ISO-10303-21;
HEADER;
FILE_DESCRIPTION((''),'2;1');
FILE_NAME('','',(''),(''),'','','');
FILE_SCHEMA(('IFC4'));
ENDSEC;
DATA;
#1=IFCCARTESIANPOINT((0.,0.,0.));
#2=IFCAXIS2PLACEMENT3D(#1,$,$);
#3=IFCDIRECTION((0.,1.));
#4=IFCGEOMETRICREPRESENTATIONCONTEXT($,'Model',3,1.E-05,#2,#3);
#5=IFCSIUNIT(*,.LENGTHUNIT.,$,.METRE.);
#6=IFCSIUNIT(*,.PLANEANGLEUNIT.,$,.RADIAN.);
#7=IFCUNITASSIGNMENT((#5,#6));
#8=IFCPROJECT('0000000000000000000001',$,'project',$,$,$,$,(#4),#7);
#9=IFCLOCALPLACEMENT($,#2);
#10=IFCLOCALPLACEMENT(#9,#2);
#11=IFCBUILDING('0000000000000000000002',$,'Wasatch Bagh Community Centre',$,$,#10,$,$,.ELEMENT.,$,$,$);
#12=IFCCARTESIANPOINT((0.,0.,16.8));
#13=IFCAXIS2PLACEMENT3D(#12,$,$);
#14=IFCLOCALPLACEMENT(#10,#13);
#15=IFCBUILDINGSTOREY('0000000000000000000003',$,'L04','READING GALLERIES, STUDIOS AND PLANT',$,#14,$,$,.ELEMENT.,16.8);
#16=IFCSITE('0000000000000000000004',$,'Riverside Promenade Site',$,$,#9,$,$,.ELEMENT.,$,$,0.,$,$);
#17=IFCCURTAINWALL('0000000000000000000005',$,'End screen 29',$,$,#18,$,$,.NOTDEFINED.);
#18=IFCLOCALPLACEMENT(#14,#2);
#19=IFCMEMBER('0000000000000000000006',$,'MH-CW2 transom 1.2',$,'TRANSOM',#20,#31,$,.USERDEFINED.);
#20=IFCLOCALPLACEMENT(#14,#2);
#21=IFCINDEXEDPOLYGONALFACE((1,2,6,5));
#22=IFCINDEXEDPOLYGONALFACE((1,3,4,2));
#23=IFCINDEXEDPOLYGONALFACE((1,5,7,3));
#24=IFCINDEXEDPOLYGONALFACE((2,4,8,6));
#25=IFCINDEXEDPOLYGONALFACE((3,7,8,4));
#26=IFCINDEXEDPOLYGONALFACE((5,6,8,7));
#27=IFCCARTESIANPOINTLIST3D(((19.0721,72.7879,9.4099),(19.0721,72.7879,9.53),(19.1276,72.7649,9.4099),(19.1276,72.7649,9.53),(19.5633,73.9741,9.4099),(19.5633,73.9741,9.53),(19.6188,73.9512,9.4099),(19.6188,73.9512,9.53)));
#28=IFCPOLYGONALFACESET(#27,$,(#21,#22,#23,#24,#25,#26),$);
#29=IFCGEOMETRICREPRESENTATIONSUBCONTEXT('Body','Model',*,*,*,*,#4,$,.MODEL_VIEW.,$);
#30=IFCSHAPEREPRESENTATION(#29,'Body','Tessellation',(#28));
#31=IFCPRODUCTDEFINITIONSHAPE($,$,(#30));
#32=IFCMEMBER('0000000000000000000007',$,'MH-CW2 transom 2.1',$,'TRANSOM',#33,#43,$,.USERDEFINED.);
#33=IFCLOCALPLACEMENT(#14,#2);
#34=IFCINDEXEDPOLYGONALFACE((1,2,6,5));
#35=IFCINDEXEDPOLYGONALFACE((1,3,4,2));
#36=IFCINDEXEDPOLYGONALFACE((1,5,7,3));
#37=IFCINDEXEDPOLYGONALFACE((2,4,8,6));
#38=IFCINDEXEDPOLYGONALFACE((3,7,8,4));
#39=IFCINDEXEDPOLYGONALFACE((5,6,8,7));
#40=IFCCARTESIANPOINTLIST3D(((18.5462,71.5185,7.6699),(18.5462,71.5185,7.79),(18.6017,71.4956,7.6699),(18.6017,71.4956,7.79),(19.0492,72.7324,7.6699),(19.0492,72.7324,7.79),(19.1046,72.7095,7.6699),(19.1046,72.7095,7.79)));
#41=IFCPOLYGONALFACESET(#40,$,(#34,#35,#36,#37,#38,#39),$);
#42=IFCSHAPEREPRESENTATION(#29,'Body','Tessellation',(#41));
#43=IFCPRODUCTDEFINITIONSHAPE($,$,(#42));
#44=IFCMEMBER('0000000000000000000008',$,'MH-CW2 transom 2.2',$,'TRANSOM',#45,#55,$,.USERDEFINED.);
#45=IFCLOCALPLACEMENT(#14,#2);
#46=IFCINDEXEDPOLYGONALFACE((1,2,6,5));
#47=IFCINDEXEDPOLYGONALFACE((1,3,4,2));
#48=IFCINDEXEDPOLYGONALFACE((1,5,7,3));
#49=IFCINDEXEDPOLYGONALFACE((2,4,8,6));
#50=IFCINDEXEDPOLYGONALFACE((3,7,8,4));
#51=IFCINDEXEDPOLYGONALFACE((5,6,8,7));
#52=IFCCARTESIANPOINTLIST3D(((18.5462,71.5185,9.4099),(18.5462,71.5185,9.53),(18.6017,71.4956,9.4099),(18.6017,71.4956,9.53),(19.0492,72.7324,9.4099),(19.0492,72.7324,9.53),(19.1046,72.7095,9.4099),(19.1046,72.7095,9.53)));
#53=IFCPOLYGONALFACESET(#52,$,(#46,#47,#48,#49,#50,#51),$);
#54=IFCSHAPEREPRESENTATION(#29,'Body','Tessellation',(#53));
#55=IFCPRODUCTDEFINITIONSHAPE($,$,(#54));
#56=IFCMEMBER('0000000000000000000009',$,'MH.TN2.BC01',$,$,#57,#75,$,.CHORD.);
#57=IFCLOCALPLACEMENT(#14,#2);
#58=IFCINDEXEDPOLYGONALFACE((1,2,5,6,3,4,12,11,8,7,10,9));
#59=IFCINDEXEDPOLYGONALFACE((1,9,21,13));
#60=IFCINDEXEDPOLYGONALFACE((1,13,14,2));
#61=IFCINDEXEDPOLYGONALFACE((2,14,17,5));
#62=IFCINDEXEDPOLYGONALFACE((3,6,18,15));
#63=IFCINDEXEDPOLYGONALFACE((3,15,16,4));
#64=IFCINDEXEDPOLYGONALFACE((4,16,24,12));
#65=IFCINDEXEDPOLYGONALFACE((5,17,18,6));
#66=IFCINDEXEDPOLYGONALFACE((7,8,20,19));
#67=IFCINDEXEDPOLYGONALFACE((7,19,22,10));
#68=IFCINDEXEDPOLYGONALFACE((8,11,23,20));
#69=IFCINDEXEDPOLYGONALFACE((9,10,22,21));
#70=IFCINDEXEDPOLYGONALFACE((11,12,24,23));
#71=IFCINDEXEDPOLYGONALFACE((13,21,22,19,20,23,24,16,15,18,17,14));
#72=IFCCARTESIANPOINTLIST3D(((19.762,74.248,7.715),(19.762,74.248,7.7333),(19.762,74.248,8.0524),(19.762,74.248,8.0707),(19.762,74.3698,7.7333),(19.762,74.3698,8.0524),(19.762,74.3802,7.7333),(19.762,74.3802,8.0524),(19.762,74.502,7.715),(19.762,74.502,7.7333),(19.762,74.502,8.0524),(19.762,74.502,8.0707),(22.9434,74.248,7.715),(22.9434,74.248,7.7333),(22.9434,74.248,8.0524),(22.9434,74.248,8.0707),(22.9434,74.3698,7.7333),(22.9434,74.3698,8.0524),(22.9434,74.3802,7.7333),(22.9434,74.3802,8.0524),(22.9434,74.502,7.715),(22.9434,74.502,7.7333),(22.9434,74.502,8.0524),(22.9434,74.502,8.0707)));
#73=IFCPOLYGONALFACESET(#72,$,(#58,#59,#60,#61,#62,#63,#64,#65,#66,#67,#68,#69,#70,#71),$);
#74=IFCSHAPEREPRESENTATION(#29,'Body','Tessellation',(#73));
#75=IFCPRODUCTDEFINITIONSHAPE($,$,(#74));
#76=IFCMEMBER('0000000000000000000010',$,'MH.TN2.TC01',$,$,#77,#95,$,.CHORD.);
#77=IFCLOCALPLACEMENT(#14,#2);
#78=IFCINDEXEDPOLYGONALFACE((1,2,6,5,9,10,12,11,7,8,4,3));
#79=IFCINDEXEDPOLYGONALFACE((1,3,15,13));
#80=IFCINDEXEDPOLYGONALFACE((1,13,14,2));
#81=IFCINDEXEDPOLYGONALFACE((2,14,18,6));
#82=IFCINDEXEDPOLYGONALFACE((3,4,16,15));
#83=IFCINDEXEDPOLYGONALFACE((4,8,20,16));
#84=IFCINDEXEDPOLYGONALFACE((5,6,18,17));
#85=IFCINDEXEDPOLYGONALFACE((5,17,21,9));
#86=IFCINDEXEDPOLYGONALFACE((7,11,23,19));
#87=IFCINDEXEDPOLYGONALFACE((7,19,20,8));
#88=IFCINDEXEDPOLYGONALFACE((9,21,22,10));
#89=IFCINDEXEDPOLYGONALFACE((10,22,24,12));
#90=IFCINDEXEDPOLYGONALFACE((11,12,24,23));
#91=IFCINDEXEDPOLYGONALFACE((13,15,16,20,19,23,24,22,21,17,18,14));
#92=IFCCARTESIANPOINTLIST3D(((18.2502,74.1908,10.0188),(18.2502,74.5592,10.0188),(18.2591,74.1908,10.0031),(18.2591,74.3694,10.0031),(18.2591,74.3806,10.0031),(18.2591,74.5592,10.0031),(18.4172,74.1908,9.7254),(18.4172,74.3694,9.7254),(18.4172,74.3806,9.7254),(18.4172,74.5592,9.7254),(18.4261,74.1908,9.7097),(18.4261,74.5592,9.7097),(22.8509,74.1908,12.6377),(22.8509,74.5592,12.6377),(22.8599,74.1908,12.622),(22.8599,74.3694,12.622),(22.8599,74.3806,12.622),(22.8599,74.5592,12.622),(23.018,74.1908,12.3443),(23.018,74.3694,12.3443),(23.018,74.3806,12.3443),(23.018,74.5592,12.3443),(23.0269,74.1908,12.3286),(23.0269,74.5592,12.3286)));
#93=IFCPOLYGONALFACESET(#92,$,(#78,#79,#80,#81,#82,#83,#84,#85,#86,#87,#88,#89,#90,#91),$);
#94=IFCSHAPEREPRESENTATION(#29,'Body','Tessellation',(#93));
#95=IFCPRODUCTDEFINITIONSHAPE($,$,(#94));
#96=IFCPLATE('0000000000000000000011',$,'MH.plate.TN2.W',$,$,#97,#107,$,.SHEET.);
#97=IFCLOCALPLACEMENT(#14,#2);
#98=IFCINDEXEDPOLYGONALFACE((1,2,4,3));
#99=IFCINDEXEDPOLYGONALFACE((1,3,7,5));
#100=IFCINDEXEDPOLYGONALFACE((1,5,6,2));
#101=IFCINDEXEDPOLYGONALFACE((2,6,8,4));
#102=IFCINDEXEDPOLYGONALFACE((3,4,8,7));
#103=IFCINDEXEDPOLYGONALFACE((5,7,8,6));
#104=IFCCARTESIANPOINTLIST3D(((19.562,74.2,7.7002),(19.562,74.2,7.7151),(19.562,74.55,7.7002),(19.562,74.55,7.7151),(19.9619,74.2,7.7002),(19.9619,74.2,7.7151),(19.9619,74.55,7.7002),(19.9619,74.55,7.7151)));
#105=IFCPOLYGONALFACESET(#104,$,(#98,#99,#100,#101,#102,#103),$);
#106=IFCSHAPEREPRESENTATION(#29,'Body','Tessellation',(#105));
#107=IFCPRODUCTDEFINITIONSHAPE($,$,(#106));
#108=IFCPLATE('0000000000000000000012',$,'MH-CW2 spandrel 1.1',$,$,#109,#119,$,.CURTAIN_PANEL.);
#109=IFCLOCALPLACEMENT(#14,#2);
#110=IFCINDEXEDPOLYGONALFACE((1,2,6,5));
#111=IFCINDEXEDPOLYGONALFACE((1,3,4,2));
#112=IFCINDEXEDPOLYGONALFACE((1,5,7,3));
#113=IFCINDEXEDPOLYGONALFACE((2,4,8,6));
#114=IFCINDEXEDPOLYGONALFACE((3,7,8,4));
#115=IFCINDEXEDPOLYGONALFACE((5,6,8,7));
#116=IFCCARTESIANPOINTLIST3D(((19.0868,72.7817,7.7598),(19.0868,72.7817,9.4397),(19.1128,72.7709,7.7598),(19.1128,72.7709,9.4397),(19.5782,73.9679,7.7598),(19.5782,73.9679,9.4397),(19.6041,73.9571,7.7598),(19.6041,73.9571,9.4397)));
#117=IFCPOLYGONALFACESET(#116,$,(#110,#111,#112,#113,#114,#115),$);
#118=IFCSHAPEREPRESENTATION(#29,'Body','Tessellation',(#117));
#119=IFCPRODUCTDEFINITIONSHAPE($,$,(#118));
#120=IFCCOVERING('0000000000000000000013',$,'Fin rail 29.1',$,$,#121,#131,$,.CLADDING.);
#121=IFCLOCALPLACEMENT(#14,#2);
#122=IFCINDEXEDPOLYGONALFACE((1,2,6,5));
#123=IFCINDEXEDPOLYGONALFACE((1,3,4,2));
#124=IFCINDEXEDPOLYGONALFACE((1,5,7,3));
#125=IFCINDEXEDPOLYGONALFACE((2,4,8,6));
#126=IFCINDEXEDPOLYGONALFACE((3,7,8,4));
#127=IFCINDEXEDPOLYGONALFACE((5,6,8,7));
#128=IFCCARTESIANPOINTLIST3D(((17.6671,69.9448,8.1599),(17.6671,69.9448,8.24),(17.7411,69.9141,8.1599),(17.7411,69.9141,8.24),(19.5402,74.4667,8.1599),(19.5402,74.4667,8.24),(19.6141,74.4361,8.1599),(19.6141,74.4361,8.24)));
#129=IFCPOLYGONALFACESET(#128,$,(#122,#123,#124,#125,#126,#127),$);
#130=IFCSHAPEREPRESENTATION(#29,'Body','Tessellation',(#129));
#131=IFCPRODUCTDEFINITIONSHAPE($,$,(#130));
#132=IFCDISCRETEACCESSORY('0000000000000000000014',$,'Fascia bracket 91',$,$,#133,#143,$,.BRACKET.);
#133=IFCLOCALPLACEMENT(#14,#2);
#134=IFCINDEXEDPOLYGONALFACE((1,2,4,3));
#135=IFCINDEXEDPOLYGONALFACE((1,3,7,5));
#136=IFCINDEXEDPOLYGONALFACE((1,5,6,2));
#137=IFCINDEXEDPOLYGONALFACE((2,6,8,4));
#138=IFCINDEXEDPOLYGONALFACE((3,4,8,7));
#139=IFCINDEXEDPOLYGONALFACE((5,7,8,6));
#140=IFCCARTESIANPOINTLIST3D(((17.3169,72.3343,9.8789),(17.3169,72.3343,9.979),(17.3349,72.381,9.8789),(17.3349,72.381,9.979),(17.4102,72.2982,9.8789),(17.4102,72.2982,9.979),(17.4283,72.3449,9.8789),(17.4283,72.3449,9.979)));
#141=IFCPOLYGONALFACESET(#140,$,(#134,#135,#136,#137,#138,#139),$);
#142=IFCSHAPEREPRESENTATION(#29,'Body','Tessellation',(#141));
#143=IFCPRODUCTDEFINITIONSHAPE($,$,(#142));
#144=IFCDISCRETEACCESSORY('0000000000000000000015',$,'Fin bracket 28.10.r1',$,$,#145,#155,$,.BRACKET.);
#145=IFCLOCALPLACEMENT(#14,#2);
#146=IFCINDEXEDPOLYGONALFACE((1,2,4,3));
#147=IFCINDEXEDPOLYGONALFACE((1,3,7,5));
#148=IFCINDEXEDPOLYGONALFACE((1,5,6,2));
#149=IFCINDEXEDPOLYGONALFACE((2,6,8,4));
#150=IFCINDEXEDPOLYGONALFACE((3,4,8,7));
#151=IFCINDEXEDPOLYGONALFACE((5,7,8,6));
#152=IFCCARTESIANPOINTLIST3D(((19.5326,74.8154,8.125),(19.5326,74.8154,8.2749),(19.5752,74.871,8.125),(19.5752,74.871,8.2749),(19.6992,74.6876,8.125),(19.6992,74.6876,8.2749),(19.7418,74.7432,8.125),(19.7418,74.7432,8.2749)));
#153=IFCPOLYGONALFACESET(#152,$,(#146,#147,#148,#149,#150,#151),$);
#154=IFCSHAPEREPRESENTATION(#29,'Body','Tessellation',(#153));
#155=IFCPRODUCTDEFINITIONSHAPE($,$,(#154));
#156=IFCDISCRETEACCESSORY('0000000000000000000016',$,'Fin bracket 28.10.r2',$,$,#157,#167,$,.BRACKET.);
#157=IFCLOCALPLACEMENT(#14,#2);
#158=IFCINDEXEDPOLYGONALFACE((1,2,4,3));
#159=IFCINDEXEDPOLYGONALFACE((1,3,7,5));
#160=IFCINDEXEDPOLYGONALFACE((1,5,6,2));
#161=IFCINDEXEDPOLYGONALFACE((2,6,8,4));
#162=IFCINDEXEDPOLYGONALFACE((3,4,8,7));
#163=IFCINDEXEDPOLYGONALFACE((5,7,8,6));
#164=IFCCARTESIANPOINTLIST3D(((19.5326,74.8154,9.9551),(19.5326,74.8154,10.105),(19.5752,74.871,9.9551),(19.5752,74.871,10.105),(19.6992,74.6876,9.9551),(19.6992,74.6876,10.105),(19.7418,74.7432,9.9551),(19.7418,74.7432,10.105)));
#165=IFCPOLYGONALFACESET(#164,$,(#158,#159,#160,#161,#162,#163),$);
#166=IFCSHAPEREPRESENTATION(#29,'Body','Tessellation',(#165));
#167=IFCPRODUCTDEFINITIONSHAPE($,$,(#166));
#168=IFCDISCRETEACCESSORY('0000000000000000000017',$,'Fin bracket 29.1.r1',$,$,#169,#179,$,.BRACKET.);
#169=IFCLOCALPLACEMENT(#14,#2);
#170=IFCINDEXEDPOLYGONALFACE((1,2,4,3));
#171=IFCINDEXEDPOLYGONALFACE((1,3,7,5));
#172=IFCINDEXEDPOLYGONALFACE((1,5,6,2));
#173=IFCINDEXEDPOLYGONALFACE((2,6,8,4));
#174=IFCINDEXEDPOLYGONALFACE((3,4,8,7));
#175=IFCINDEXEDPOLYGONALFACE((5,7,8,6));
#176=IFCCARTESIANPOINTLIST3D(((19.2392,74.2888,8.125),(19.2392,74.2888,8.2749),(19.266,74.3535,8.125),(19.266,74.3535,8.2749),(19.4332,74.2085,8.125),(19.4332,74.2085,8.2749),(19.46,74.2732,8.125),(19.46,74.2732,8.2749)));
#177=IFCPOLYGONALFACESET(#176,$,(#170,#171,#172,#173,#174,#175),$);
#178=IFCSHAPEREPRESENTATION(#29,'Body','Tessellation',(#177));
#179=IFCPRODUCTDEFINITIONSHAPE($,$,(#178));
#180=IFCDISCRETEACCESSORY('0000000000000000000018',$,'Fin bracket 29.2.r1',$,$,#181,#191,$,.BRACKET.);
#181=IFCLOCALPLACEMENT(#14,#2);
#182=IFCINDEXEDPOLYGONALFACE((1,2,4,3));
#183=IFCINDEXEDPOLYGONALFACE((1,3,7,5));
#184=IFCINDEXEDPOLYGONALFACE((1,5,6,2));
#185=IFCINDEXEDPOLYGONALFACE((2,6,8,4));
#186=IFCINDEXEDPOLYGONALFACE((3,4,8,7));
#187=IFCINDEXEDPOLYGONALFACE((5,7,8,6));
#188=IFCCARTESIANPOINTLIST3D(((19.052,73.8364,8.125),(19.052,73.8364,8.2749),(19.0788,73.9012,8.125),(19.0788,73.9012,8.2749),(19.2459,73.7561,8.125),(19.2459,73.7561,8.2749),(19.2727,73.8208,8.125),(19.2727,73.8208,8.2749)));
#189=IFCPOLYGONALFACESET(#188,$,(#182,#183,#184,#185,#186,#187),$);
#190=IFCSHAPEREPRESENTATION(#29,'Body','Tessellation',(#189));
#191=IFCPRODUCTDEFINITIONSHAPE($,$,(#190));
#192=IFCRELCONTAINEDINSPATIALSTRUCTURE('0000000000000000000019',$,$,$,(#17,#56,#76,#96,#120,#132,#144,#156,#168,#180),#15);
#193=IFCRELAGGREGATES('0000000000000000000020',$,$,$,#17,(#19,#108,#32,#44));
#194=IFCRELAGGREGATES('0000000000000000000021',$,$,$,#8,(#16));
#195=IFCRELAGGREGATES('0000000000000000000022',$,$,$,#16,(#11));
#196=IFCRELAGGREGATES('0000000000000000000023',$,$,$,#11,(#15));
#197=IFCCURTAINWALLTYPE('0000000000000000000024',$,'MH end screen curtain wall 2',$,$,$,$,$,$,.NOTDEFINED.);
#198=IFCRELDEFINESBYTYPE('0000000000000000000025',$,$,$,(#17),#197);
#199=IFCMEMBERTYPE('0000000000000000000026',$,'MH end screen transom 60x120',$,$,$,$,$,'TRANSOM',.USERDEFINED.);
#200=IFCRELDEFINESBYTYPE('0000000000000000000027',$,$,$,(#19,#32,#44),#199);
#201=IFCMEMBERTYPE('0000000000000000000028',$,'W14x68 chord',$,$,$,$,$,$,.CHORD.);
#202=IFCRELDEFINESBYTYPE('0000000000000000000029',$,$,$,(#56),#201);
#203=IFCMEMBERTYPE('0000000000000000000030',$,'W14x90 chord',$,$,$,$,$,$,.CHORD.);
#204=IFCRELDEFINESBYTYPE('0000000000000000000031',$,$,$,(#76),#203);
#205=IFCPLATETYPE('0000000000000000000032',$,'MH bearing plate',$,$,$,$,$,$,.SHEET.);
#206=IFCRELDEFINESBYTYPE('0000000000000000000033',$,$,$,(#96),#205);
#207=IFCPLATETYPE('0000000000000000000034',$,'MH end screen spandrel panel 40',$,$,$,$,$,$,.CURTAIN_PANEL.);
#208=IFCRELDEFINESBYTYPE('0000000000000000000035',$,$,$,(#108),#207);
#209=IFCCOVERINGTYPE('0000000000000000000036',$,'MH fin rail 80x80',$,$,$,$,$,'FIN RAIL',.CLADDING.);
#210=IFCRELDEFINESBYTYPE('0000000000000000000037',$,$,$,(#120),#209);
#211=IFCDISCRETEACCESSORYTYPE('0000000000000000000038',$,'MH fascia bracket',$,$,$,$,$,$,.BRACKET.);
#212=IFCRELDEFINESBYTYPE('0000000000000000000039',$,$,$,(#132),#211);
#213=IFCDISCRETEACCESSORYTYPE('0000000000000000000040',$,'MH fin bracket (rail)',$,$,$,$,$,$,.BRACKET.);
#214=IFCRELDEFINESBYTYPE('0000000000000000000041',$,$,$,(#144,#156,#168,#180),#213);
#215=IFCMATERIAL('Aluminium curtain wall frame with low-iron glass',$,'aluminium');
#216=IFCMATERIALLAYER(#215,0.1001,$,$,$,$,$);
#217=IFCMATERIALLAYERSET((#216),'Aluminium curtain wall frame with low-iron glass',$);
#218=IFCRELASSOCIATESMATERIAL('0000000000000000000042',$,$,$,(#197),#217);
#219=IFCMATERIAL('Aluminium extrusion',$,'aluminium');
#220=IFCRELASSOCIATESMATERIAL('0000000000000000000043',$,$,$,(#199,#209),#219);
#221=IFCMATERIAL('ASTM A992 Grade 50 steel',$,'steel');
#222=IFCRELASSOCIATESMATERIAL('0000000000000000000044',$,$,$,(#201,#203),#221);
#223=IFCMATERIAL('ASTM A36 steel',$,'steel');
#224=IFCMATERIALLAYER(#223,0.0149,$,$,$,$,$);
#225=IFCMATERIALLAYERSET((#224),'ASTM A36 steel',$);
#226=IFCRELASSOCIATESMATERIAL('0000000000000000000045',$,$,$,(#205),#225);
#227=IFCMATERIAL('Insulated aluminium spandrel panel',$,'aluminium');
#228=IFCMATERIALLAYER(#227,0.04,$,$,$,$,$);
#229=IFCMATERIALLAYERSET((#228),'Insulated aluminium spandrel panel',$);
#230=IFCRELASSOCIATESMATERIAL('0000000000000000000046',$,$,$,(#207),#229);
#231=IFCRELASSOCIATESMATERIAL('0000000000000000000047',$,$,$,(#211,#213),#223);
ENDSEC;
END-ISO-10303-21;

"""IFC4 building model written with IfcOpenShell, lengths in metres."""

from ifc_helpers import new_model, si_unit, direction, frame, origin, origin_2d, place, context, subcontext, project, spatial, rectangle, i_section, extrude, material, layer, layer_set, material_profile, profile_set, type_object, element, aggregate, save


model = new_model("IFC4")

# Units and contexts
model_context = context("Model", 3, precision=1e-05, world=origin(), true_north=direction((0.0, 1.0)))
body_context = subcontext(model_context, "Body", "Model", "MODEL_VIEW")
ifc_project = project(units=[si_unit("LENGTHUNIT", "METRE"), si_unit("PLANEANGLEUNIT", "RADIAN")], contexts=[model_context])

# Site, building, storey
site_placement = place(None, origin())
site = spatial("IfcSite", under=ifc_project, at=site_placement, Name="Riverside Promenade Site", CompositionType="ELEMENT", RefElevation=0.0)
building_placement = place(site_placement, origin())
building = spatial("IfcBuilding", under=site, at=building_placement, Name="Wasatch Bagh Community Centre", CompositionType="ELEMENT")
storey_placement = place(building_placement, frame((0.0, 0.0, 16.8)))
storey = spatial("IfcBuildingStorey", under=building, at=storey_placement, Name="L04", Description="READING GALLERIES, STUDIOS AND PLANT", CompositionType="ELEMENT", Elevation=16.8)

# Shared definitions
ifc_material_1 = material(Name="Aluminium curtain wall frame with low-iron glass", Category="aluminium")
ifc_material_2 = material(Name="Aluminium extrusion", Category="aluminium")

# Curtain wall, members
ifc_layer_1 = layer(ifc_material_1, 0.1001)
ifc_layer_set_1 = layer_set([ifc_layer_1], Name="Aluminium curtain wall frame with low-iron glass")
curtain_wall_type_1 = type_object("IfcCurtainWallType", Name="MH end screen curtain wall 2", PredefinedType="NOTDEFINED", material=ifc_layer_set_1)
curtain_wall_1_placement = place(storey_placement, origin())
curtain_wall_1 = element("IfcCurtainWall", 1, at=curtain_wall_1_placement, inside=storey, type_object=curtain_wall_type_1, Name="End screen 29", PredefinedType="NOTDEFINED")
ifc_material_profile_1 = material_profile(ifc_material_2, rectangle(XDim=0.0601, YDim=0.1201, at=origin_2d()), Name="AL 60x120")
ifc_profile_set_1 = profile_set([ifc_material_profile_1], Name="Aluminium extrusion")
member_type_1 = type_object("IfcMemberType", Name="MH end screen transom 60x120", ElementType="TRANSOM", PredefinedType="USERDEFINED", material=ifc_profile_set_1)
member_1_placement = place(storey_placement, frame((19.5911, 73.9626, 9.47), z_axis=(-0.382576, -0.923924, 0.0), x_axis=(0.923924, -0.382576, 0.0)))
member_1 = element("IfcMember", 2, at=member_1_placement, type_object=member_type_1, Name="MH-CW2 transom 1.2", ObjectType="TRANSOM", PredefinedType="USERDEFINED", context=body_context, shape_type="SweptSolid", body=[
    extrude(rectangle(XDim=0.0601, YDim=0.1201, at=origin_2d()), origin(), (0.0, 0.0, 1.0), 1.2839),
])
member_2_placement = place(storey_placement, frame((19.0769, 72.7209, 7.73), z_axis=(-0.382768, -0.923845, 0.0), x_axis=(0.923845, -0.382768, 0.0)))
member_2 = element("IfcMember", 3, at=member_2_placement, type_object=member_type_1, Name="MH-CW2 transom 2.1", ObjectType="TRANSOM", PredefinedType="USERDEFINED", context=body_context, shape_type="SweptSolid", body=[
    extrude(rectangle(XDim=0.0601, YDim=0.1201, at=origin_2d()), origin(), (0.0, 0.0, 1.0), 1.314),
])
member_3_placement = place(storey_placement, frame((19.0769, 72.7209, 9.47), z_axis=(-0.382768, -0.923845, 0.0), x_axis=(0.923845, -0.382768, 0.0)))
member_3 = element("IfcMember", 4, at=member_3_placement, type_object=member_type_1, Name="MH-CW2 transom 2.2", ObjectType="TRANSOM", PredefinedType="USERDEFINED", context=body_context, shape_type="SweptSolid", body=[
    extrude(rectangle(XDim=0.0601, YDim=0.1201, at=origin_2d()), origin(), (0.0, 0.0, 1.0), 1.314),
])

# Members
ifc_material_3 = material(Name="ASTM A992 Grade 50 steel", Category="steel")
ifc_material_profile_2 = material_profile(ifc_material_3, i_section(OverallWidth=0.2539, OverallDepth=0.3557, WebThickness=0.0105, FlangeThickness=0.0183, at=origin_2d()), Name="W14x68")
ifc_profile_set_2 = profile_set([ifc_material_profile_2], Name="ASTM A992 Grade 50 steel")
member_type_2 = type_object("IfcMemberType", Name="W14x68 chord", PredefinedType="CHORD", material=ifc_profile_set_2)
member_4_placement = place(storey_placement, frame((19.762, 74.375, 7.8928), z_axis=(1.0, 0.0, 0.0), x_axis=(0.0, 1.0, 0.0)))
element("IfcMember", 5, at=member_4_placement, inside=storey, type_object=member_type_2, Name="MH.TN2.BC01", PredefinedType="CHORD", context=body_context, shape_type="SweptSolid", body=[
    extrude(i_section(OverallWidth=0.2539, OverallDepth=0.3557, WebThickness=0.0105, FlangeThickness=0.0183, at=origin_2d()), origin(), (0.0, 0.0, 1.0), 3.1814),
])
ifc_material_profile_3 = material_profile(ifc_material_3, i_section(OverallWidth=0.3684, OverallDepth=0.3557, WebThickness=0.0112, FlangeThickness=0.0181, at=origin_2d()), Name="W14x90")
ifc_profile_set_3 = profile_set([ifc_material_profile_3], Name="ASTM A992 Grade 50 steel")
member_type_3 = type_object("IfcMemberType", Name="W14x90 chord", PredefinedType="CHORD", material=ifc_profile_set_3)
member_5_placement = place(storey_placement, frame((18.3381, 74.375, 9.8643), z_axis=(0.869068, 0.0, 0.494693), x_axis=(0.0, 1.0, 0.0)))
element("IfcMember", 6, at=member_5_placement, inside=storey, type_object=member_type_3, Name="MH.TN2.TC01", PredefinedType="CHORD", context=body_context, shape_type="SweptSolid", body=[
    extrude(i_section(OverallWidth=0.3684, OverallDepth=0.3557, WebThickness=0.0112, FlangeThickness=0.0181, at=origin_2d()), origin(), (0.0, 0.0, 1.0), 5.2939),
])

# Plates
ifc_material_4 = material(Name="ASTM A36 steel", Category="steel")
ifc_layer_2 = layer(ifc_material_4, 0.0149)
ifc_layer_set_2 = layer_set([ifc_layer_2], Name="ASTM A36 steel")
plate_type_1 = type_object("IfcPlateType", Name="MH bearing plate", PredefinedType="SHEET", material=ifc_layer_set_2)
plate_1_placement = place(storey_placement, frame((19.762, 74.375, 7.7002), z_axis=(0.0, 0.0, 1.0), x_axis=(1.0, 0.0, 0.0)))
element("IfcPlate", 7, at=plate_1_placement, inside=storey, type_object=plate_type_1, Name="MH.plate.TN2.W", PredefinedType="SHEET", context=body_context, shape_type="SweptSolid", body=[
    extrude(rectangle(XDim=0.3999, YDim=0.3501, at=origin_2d()), origin(), (0.0, 0.0, 1.0), 0.0149),
])
ifc_material_5 = material(Name="Insulated aluminium spandrel panel", Category="aluminium")
ifc_layer_3 = layer(ifc_material_5, 0.04)
ifc_layer_set_3 = layer_set([ifc_layer_3], Name="Insulated aluminium spandrel panel")
plate_type_2 = type_object("IfcPlateType", Name="MH end screen spandrel panel 40", PredefinedType="CURTAIN_PANEL", material=ifc_layer_set_3)
plate_2_placement = place(storey_placement, frame((19.3455, 73.3694, 7.7598), z_axis=(0.0, 0.0, 1.0), x_axis=(-0.382683, -0.92388, 0.0)))
plate_2 = element("IfcPlate", 8, at=plate_2_placement, type_object=plate_type_2, Name="MH-CW2 spandrel 1.1", PredefinedType="CURTAIN_PANEL", context=body_context, shape_type="SweptSolid", body=[
    extrude(rectangle(XDim=1.2839, YDim=0.0281, at=origin_2d()), origin(), (0.0, 0.0, 1.0), 1.6799),
])
aggregate(curtain_wall_1, [member_1, plate_2, member_2, member_3])

# Covering
ifc_material_profile_4 = material_profile(ifc_material_2, rectangle(XDim=0.0801, YDim=0.0801, at=origin_2d()), Name="AL 80x80")
ifc_profile_set_4 = profile_set([ifc_material_profile_4], Name="Aluminium extrusion")
covering_type = type_object("IfcCoveringType", Name="MH fin rail 80x80", ElementType="FIN RAIL", PredefinedType="CLADDING", material=ifc_profile_set_4)
covering_placement = place(storey_placement, frame((19.5771, 74.4514, 8.2), z_axis=(-0.382681, -0.923881, 0.0), x_axis=(0.923881, -0.382681, 0.0)))
element("IfcCovering", 9, at=covering_placement, inside=storey, type_object=covering_type, Name="Fin rail 29.1", PredefinedType="CLADDING", context=body_context, shape_type="SweptSolid", body=[
    extrude(rectangle(XDim=0.0801, YDim=0.0801, at=origin_2d()), origin(), (0.0, 0.0, 1.0), 4.8945),
])

# Discrete accessories
discrete_accessory_type_1 = type_object("IfcDiscreteAccessoryType", Name="MH fascia bracket", PredefinedType="BRACKET", material=ifc_material_4)
discrete_accessory_1_placement = place(storey_placement, frame((17.3726, 72.3396, 9.8789), z_axis=(0.0, 0.0, 1.0), x_axis=(-0.932993, 0.359895, 0.0)))
element("IfcDiscreteAccessory", 10, at=discrete_accessory_1_placement, inside=storey, type_object=discrete_accessory_type_1, Name="Fascia bracket 91", PredefinedType="BRACKET", context=body_context, shape_type="SweptSolid", body=[
    extrude(rectangle(XDim=0.1001, YDim=0.05, at=origin_2d()), origin(), (0.0, 0.0, 1.0), 0.1001),
])
discrete_accessory_type_2 = type_object("IfcDiscreteAccessoryType", Name="MH fin bracket (rail)", PredefinedType="BRACKET", material=ifc_material_4)
for number, where, z_axis, x_axis, name in (
    (11, (19.6372, 74.7793, 8.125), (0.0, 0.0, 1.0), (-0.608761, -0.793353, 0.0), "Fin bracket 28.10.r1"),
    (12, (19.6372, 74.7793, 9.9551), (0.0, 0.0, 1.0), (-0.608761, -0.793353, 0.0), "Fin bracket 28.10.r2"),
    (13, (19.3496, 74.281, 8.125), (0.0, 0.0, 1.0), (-0.382683, -0.92388, 0.0), "Fin bracket 29.1.r1"),
    (14, (19.1624, 73.8286, 8.125), (0.0, 0.0, 1.0), (-0.382683, -0.92388, 0.0), "Fin bracket 29.2.r1"),
):
    element("IfcDiscreteAccessory", number, at=place(storey_placement, frame(where, z_axis=z_axis, x_axis=x_axis)), inside=storey, type_object=discrete_accessory_type_2, Name=name, PredefinedType="BRACKET", context=body_context, shape_type="SweptSolid", body=[
        extrude(rectangle(XDim=0.0701, YDim=0.21, at=origin_2d()), origin(), (0.0, 0.0, 1.0), 0.1499),
    ])

save(model, "model.ifc")
